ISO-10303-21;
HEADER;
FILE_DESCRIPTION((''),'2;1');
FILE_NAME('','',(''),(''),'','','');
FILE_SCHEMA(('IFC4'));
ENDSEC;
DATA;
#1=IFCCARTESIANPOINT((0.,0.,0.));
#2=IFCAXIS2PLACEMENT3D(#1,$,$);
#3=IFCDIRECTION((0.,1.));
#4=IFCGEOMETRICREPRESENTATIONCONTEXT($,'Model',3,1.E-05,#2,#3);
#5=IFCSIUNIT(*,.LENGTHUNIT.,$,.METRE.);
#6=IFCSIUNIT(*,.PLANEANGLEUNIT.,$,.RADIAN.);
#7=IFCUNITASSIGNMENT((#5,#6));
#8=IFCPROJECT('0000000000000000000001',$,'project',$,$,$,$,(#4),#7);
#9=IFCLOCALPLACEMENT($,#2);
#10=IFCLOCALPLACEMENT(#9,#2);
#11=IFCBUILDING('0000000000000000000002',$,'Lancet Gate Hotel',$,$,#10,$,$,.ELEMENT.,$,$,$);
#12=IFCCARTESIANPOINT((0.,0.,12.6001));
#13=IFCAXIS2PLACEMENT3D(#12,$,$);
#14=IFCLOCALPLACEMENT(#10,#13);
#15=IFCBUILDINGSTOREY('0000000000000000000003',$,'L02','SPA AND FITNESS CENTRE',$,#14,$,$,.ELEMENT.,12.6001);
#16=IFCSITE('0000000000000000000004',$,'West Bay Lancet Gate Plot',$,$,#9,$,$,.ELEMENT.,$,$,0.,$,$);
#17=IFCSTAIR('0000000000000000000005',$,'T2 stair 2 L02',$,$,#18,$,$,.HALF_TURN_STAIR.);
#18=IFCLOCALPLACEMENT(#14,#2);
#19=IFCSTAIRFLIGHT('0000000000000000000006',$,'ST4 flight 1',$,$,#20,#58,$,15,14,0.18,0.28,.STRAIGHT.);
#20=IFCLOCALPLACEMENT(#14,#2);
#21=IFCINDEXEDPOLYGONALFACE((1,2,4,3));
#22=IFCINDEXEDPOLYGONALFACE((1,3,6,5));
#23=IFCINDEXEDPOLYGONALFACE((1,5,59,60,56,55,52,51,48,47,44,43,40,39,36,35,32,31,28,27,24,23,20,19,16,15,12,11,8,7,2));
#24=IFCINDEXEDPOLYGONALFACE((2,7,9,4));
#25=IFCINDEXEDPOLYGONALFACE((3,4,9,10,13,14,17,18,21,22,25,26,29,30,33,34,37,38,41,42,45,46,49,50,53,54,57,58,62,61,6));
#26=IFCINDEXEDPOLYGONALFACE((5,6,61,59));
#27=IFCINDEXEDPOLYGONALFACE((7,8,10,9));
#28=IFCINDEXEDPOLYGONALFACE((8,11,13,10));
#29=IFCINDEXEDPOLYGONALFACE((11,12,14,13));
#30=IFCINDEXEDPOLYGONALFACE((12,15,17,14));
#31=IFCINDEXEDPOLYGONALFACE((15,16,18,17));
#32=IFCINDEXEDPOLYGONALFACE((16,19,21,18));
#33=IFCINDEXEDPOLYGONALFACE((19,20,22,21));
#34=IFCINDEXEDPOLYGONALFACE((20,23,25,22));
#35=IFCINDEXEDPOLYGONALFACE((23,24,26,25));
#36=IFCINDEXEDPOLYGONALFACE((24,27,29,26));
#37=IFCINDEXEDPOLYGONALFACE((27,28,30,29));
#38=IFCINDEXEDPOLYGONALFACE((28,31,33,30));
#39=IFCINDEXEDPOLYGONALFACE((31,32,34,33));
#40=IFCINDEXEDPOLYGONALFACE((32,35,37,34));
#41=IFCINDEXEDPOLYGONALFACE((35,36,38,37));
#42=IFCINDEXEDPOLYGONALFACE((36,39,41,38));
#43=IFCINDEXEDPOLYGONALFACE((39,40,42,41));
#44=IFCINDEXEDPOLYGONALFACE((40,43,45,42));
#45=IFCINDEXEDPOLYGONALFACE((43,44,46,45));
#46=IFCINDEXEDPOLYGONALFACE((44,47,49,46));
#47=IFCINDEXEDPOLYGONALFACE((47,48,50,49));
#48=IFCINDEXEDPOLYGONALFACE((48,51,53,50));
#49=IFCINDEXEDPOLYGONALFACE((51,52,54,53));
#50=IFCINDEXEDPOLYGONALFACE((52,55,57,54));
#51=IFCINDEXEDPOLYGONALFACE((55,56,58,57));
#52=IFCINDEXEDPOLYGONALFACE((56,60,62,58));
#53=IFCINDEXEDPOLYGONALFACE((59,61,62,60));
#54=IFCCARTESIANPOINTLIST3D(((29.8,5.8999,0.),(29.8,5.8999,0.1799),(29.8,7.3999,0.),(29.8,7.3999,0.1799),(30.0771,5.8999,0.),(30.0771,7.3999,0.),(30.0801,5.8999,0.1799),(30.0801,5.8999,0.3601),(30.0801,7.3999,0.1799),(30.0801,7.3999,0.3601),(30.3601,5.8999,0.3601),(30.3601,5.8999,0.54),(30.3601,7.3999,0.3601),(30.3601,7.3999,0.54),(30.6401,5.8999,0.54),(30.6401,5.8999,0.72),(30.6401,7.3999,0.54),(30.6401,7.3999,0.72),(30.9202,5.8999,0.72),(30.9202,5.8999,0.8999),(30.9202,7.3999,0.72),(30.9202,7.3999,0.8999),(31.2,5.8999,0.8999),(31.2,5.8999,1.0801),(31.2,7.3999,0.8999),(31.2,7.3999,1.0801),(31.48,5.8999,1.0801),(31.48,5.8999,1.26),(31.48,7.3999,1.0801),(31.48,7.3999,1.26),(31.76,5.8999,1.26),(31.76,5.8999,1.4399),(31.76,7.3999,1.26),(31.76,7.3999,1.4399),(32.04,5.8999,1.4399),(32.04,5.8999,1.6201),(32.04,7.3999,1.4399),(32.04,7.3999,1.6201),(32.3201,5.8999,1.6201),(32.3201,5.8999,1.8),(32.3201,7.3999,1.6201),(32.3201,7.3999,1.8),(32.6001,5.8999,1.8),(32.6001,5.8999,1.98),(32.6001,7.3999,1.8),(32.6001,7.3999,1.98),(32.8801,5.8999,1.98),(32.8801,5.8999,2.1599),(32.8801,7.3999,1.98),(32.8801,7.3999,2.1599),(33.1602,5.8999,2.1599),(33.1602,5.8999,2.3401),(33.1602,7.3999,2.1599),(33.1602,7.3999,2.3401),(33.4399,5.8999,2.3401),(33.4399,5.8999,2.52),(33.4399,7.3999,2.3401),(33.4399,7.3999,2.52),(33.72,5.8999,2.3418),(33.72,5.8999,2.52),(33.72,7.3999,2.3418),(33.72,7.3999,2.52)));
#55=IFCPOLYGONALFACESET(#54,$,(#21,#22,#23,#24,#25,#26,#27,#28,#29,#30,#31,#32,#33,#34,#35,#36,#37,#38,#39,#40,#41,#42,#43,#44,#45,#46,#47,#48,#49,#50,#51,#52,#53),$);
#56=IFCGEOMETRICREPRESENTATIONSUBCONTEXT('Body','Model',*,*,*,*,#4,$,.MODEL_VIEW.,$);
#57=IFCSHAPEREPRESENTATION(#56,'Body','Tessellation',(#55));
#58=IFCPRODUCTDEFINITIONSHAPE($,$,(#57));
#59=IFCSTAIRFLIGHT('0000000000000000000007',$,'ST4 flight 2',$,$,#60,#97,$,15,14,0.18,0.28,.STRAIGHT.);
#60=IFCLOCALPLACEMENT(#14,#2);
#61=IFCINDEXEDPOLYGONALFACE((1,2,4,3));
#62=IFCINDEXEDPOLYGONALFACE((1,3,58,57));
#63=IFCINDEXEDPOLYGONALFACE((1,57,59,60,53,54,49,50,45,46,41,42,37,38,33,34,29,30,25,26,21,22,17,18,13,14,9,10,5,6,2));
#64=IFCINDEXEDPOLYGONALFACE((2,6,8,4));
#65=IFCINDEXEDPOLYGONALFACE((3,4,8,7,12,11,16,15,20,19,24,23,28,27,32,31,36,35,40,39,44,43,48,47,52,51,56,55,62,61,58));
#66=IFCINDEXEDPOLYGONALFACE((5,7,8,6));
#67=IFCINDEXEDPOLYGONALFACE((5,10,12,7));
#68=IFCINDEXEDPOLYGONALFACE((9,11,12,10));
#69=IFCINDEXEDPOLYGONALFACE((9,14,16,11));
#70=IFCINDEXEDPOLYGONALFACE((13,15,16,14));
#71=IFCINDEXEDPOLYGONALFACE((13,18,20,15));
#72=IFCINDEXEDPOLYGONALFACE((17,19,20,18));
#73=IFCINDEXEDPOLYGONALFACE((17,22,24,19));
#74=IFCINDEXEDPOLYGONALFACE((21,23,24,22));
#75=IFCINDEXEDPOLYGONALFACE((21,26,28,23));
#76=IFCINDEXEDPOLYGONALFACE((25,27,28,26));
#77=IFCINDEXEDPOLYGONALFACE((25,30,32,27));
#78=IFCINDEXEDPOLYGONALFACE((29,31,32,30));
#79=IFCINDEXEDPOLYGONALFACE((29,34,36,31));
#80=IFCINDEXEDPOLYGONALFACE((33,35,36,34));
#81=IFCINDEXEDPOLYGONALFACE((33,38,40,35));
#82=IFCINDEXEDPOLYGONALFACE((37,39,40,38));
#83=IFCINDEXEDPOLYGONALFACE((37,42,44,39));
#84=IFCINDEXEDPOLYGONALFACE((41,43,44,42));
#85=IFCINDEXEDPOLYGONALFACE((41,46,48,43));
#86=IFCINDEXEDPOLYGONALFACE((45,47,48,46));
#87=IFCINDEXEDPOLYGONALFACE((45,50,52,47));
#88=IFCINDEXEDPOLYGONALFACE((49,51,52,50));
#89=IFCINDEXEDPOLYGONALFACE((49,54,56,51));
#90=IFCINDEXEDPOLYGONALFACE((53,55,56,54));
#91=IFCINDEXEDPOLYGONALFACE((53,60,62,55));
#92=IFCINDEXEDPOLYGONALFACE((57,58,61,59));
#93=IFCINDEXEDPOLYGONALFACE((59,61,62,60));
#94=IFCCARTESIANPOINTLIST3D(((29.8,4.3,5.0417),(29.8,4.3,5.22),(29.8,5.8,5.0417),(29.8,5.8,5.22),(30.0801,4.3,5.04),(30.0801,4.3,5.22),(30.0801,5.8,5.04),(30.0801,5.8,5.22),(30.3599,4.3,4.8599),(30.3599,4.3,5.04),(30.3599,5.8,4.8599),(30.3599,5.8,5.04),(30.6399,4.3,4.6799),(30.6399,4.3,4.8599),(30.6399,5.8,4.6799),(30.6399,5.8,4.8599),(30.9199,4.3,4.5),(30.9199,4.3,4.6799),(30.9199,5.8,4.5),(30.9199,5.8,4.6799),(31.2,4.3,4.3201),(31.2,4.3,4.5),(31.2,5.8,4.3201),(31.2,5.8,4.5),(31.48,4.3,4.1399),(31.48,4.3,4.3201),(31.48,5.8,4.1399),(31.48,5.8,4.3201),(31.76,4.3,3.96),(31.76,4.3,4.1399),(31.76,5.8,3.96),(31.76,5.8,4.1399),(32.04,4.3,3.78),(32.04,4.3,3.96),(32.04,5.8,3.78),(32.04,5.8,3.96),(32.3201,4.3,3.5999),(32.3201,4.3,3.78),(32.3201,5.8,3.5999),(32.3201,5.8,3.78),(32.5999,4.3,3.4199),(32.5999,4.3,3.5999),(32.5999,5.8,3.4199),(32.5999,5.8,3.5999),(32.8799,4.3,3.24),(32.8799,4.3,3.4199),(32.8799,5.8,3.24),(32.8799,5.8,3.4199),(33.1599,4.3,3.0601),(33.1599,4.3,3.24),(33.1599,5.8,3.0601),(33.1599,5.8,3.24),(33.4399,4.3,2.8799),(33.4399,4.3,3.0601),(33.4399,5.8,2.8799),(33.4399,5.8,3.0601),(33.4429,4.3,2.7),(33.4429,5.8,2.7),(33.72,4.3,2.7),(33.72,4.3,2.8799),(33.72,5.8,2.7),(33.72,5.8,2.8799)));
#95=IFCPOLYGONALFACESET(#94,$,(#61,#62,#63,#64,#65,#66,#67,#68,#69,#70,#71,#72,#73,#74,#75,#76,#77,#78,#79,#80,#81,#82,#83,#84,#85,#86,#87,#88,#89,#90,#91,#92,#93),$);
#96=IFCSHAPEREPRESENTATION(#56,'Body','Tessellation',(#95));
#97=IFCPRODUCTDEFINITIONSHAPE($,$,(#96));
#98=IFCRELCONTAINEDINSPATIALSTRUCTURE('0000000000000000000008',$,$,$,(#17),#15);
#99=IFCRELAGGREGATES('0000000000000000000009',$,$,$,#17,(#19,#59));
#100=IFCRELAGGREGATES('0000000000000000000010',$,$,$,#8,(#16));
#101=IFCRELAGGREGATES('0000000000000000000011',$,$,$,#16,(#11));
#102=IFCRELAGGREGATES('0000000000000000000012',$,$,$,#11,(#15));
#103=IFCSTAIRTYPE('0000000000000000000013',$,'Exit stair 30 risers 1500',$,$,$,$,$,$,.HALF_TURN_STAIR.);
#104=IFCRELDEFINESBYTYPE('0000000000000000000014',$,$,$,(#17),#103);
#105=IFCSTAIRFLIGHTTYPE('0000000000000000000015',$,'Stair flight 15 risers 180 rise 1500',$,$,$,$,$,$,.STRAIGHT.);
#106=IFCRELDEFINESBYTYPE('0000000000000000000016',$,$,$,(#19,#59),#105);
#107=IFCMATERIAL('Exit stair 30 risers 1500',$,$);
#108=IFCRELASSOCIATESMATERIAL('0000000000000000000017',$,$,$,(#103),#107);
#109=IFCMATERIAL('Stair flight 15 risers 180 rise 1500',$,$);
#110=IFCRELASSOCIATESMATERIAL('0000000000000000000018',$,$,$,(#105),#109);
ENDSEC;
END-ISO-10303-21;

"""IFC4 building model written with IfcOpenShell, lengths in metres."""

from ifc_helpers import new_model, si_unit, direction, frame, origin, place, context, subcontext, project, spatial, polyline, outline, extrude, material, type_object, element, aggregate, save


model = new_model("IFC4")

# Units and contexts
model_context = context("Model", 3, precision=1e-05, world=origin(), true_north=direction((0.0, 1.0)))
body_context = subcontext(model_context, "Body", "Model", "MODEL_VIEW")
ifc_project = project(units=[si_unit("LENGTHUNIT", "METRE"), si_unit("PLANEANGLEUNIT", "RADIAN")], contexts=[model_context])

# Site, building, storey
site_placement = place(None, origin())
site = spatial("IfcSite", under=ifc_project, at=site_placement, Name="West Bay Lancet Gate Plot", CompositionType="ELEMENT", RefElevation=0.0)
building_placement = place(site_placement, origin())
building = spatial("IfcBuilding", under=site, at=building_placement, Name="Lancet Gate Hotel", CompositionType="ELEMENT")
storey_placement = place(building_placement, frame((0.0, 0.0, 12.6001)))
storey = spatial("IfcBuildingStorey", under=building, at=storey_placement, Name="L02", Description="SPA AND FITNESS CENTRE", CompositionType="ELEMENT", Elevation=12.6001)

# Stair, stair flights
ifc_material_1 = material(Name="Exit stair 30 risers 1500")
stair_type = type_object("IfcStairType", Name="Exit stair 30 risers 1500", PredefinedType="HALF_TURN_STAIR", material=ifc_material_1)
stair_placement = place(storey_placement, origin())
stair = element("IfcStair", 1, at=stair_placement, inside=storey, type_object=stair_type, Name="T2 stair 2 L02", PredefinedType="HALF_TURN_STAIR")
ifc_material_2 = material(Name="Stair flight 15 risers 180 rise 1500")
stair_flight_type = type_object("IfcStairFlightType", Name="Stair flight 15 risers 180 rise 1500", PredefinedType="STRAIGHT", material=ifc_material_2)
stair_flight_1_placement = place(storey_placement, frame((29.8, 6.6499, 0.0), z_axis=(0.0, 0.0, 1.0), x_axis=(1.0, 0.0, 0.0)))
stair_flight_1 = element("IfcStairFlight", 2, at=stair_flight_1_placement, type_object=stair_flight_type, Name="ST4 flight 1", NumberOfRisers=15, NumberOfTreads=14, PredefinedType="STRAIGHT", RiserHeight=0.18, TreadLength=0.28, context=body_context, shape_type="SweptSolid", body=[
    extrude(outline(polyline([(0.0, 0.0), (0.0, 0.1799), (0.28, 0.1799), (0.28, 0.3601), (0.5601, 0.3601), (0.5601, 0.54), (0.8401, 0.54), (0.8401, 0.72), (1.1201, 0.72), (1.1201, 0.8999), (1.3999, 0.8999), (1.3999, 1.0801), (1.6799, 1.0801), (1.6799, 1.26), (1.96, 1.26), (1.96, 1.4399), (2.24, 1.4399), (2.24, 1.6201), (2.52, 1.6201), (2.52, 1.8), (2.8, 1.8), (2.8, 1.98), (3.0801, 1.98), (3.0801, 2.1599), (3.3601, 2.1599), (3.3601, 2.3401), (3.6399, 2.3401), (3.6399, 2.52), (3.9199, 2.52), (3.9199, 2.7), (3.9199, 2.3418), (0.2771, 0.0), (0.0, 0.0)])), frame((0.0, 0.75, 0.0), z_axis=(0.0, -1.0, 0.0), x_axis=(1.0, 0.0, 0.0)), (0.0, 0.0, 1.0), 1.5),
])
stair_flight_2_placement = place(storey_placement, frame((33.72, 5.05, 2.7), z_axis=(0.0, 0.0, 1.0), x_axis=(-1.0, 0.0, 0.0)))
stair_flight_2 = element("IfcStairFlight", 3, at=stair_flight_2_placement, type_object=stair_flight_type, Name="ST4 flight 2", NumberOfRisers=15, NumberOfTreads=14, PredefinedType="STRAIGHT", RiserHeight=0.18, TreadLength=0.28, context=body_context, shape_type="SweptSolid", body=[
    extrude(outline(polyline([(0.0, 0.0), (0.0, 0.1799), (0.28, 0.1799), (0.28, 0.3601), (0.5601, 0.3601), (0.5601, 0.54), (0.8401, 0.54), (0.8401, 0.72), (1.1201, 0.72), (1.1201, 0.8999), (1.3999, 0.8999), (1.3999, 1.0801), (1.6799, 1.0801), (1.6799, 1.26), (1.96, 1.26), (1.96, 1.4399), (2.24, 1.4399), (2.24, 1.6201), (2.52, 1.6201), (2.52, 1.8), (2.8, 1.8), (2.8, 1.98), (3.0801, 1.98), (3.0801, 2.1599), (3.3601, 2.1599), (3.3601, 2.3401), (3.6399, 2.3401), (3.6399, 2.52), (3.9199, 2.52), (3.9199, 2.7), (3.9199, 2.3418), (0.2771, 0.0), (0.0, 0.0)])), frame((0.0, 0.75, 0.0), z_axis=(0.0, -1.0, 0.0), x_axis=(1.0, 0.0, 0.0)), (0.0, 0.0, 1.0), 1.5),
])
aggregate(stair, [stair_flight_1, stair_flight_2])

save(model, "model.ifc")
